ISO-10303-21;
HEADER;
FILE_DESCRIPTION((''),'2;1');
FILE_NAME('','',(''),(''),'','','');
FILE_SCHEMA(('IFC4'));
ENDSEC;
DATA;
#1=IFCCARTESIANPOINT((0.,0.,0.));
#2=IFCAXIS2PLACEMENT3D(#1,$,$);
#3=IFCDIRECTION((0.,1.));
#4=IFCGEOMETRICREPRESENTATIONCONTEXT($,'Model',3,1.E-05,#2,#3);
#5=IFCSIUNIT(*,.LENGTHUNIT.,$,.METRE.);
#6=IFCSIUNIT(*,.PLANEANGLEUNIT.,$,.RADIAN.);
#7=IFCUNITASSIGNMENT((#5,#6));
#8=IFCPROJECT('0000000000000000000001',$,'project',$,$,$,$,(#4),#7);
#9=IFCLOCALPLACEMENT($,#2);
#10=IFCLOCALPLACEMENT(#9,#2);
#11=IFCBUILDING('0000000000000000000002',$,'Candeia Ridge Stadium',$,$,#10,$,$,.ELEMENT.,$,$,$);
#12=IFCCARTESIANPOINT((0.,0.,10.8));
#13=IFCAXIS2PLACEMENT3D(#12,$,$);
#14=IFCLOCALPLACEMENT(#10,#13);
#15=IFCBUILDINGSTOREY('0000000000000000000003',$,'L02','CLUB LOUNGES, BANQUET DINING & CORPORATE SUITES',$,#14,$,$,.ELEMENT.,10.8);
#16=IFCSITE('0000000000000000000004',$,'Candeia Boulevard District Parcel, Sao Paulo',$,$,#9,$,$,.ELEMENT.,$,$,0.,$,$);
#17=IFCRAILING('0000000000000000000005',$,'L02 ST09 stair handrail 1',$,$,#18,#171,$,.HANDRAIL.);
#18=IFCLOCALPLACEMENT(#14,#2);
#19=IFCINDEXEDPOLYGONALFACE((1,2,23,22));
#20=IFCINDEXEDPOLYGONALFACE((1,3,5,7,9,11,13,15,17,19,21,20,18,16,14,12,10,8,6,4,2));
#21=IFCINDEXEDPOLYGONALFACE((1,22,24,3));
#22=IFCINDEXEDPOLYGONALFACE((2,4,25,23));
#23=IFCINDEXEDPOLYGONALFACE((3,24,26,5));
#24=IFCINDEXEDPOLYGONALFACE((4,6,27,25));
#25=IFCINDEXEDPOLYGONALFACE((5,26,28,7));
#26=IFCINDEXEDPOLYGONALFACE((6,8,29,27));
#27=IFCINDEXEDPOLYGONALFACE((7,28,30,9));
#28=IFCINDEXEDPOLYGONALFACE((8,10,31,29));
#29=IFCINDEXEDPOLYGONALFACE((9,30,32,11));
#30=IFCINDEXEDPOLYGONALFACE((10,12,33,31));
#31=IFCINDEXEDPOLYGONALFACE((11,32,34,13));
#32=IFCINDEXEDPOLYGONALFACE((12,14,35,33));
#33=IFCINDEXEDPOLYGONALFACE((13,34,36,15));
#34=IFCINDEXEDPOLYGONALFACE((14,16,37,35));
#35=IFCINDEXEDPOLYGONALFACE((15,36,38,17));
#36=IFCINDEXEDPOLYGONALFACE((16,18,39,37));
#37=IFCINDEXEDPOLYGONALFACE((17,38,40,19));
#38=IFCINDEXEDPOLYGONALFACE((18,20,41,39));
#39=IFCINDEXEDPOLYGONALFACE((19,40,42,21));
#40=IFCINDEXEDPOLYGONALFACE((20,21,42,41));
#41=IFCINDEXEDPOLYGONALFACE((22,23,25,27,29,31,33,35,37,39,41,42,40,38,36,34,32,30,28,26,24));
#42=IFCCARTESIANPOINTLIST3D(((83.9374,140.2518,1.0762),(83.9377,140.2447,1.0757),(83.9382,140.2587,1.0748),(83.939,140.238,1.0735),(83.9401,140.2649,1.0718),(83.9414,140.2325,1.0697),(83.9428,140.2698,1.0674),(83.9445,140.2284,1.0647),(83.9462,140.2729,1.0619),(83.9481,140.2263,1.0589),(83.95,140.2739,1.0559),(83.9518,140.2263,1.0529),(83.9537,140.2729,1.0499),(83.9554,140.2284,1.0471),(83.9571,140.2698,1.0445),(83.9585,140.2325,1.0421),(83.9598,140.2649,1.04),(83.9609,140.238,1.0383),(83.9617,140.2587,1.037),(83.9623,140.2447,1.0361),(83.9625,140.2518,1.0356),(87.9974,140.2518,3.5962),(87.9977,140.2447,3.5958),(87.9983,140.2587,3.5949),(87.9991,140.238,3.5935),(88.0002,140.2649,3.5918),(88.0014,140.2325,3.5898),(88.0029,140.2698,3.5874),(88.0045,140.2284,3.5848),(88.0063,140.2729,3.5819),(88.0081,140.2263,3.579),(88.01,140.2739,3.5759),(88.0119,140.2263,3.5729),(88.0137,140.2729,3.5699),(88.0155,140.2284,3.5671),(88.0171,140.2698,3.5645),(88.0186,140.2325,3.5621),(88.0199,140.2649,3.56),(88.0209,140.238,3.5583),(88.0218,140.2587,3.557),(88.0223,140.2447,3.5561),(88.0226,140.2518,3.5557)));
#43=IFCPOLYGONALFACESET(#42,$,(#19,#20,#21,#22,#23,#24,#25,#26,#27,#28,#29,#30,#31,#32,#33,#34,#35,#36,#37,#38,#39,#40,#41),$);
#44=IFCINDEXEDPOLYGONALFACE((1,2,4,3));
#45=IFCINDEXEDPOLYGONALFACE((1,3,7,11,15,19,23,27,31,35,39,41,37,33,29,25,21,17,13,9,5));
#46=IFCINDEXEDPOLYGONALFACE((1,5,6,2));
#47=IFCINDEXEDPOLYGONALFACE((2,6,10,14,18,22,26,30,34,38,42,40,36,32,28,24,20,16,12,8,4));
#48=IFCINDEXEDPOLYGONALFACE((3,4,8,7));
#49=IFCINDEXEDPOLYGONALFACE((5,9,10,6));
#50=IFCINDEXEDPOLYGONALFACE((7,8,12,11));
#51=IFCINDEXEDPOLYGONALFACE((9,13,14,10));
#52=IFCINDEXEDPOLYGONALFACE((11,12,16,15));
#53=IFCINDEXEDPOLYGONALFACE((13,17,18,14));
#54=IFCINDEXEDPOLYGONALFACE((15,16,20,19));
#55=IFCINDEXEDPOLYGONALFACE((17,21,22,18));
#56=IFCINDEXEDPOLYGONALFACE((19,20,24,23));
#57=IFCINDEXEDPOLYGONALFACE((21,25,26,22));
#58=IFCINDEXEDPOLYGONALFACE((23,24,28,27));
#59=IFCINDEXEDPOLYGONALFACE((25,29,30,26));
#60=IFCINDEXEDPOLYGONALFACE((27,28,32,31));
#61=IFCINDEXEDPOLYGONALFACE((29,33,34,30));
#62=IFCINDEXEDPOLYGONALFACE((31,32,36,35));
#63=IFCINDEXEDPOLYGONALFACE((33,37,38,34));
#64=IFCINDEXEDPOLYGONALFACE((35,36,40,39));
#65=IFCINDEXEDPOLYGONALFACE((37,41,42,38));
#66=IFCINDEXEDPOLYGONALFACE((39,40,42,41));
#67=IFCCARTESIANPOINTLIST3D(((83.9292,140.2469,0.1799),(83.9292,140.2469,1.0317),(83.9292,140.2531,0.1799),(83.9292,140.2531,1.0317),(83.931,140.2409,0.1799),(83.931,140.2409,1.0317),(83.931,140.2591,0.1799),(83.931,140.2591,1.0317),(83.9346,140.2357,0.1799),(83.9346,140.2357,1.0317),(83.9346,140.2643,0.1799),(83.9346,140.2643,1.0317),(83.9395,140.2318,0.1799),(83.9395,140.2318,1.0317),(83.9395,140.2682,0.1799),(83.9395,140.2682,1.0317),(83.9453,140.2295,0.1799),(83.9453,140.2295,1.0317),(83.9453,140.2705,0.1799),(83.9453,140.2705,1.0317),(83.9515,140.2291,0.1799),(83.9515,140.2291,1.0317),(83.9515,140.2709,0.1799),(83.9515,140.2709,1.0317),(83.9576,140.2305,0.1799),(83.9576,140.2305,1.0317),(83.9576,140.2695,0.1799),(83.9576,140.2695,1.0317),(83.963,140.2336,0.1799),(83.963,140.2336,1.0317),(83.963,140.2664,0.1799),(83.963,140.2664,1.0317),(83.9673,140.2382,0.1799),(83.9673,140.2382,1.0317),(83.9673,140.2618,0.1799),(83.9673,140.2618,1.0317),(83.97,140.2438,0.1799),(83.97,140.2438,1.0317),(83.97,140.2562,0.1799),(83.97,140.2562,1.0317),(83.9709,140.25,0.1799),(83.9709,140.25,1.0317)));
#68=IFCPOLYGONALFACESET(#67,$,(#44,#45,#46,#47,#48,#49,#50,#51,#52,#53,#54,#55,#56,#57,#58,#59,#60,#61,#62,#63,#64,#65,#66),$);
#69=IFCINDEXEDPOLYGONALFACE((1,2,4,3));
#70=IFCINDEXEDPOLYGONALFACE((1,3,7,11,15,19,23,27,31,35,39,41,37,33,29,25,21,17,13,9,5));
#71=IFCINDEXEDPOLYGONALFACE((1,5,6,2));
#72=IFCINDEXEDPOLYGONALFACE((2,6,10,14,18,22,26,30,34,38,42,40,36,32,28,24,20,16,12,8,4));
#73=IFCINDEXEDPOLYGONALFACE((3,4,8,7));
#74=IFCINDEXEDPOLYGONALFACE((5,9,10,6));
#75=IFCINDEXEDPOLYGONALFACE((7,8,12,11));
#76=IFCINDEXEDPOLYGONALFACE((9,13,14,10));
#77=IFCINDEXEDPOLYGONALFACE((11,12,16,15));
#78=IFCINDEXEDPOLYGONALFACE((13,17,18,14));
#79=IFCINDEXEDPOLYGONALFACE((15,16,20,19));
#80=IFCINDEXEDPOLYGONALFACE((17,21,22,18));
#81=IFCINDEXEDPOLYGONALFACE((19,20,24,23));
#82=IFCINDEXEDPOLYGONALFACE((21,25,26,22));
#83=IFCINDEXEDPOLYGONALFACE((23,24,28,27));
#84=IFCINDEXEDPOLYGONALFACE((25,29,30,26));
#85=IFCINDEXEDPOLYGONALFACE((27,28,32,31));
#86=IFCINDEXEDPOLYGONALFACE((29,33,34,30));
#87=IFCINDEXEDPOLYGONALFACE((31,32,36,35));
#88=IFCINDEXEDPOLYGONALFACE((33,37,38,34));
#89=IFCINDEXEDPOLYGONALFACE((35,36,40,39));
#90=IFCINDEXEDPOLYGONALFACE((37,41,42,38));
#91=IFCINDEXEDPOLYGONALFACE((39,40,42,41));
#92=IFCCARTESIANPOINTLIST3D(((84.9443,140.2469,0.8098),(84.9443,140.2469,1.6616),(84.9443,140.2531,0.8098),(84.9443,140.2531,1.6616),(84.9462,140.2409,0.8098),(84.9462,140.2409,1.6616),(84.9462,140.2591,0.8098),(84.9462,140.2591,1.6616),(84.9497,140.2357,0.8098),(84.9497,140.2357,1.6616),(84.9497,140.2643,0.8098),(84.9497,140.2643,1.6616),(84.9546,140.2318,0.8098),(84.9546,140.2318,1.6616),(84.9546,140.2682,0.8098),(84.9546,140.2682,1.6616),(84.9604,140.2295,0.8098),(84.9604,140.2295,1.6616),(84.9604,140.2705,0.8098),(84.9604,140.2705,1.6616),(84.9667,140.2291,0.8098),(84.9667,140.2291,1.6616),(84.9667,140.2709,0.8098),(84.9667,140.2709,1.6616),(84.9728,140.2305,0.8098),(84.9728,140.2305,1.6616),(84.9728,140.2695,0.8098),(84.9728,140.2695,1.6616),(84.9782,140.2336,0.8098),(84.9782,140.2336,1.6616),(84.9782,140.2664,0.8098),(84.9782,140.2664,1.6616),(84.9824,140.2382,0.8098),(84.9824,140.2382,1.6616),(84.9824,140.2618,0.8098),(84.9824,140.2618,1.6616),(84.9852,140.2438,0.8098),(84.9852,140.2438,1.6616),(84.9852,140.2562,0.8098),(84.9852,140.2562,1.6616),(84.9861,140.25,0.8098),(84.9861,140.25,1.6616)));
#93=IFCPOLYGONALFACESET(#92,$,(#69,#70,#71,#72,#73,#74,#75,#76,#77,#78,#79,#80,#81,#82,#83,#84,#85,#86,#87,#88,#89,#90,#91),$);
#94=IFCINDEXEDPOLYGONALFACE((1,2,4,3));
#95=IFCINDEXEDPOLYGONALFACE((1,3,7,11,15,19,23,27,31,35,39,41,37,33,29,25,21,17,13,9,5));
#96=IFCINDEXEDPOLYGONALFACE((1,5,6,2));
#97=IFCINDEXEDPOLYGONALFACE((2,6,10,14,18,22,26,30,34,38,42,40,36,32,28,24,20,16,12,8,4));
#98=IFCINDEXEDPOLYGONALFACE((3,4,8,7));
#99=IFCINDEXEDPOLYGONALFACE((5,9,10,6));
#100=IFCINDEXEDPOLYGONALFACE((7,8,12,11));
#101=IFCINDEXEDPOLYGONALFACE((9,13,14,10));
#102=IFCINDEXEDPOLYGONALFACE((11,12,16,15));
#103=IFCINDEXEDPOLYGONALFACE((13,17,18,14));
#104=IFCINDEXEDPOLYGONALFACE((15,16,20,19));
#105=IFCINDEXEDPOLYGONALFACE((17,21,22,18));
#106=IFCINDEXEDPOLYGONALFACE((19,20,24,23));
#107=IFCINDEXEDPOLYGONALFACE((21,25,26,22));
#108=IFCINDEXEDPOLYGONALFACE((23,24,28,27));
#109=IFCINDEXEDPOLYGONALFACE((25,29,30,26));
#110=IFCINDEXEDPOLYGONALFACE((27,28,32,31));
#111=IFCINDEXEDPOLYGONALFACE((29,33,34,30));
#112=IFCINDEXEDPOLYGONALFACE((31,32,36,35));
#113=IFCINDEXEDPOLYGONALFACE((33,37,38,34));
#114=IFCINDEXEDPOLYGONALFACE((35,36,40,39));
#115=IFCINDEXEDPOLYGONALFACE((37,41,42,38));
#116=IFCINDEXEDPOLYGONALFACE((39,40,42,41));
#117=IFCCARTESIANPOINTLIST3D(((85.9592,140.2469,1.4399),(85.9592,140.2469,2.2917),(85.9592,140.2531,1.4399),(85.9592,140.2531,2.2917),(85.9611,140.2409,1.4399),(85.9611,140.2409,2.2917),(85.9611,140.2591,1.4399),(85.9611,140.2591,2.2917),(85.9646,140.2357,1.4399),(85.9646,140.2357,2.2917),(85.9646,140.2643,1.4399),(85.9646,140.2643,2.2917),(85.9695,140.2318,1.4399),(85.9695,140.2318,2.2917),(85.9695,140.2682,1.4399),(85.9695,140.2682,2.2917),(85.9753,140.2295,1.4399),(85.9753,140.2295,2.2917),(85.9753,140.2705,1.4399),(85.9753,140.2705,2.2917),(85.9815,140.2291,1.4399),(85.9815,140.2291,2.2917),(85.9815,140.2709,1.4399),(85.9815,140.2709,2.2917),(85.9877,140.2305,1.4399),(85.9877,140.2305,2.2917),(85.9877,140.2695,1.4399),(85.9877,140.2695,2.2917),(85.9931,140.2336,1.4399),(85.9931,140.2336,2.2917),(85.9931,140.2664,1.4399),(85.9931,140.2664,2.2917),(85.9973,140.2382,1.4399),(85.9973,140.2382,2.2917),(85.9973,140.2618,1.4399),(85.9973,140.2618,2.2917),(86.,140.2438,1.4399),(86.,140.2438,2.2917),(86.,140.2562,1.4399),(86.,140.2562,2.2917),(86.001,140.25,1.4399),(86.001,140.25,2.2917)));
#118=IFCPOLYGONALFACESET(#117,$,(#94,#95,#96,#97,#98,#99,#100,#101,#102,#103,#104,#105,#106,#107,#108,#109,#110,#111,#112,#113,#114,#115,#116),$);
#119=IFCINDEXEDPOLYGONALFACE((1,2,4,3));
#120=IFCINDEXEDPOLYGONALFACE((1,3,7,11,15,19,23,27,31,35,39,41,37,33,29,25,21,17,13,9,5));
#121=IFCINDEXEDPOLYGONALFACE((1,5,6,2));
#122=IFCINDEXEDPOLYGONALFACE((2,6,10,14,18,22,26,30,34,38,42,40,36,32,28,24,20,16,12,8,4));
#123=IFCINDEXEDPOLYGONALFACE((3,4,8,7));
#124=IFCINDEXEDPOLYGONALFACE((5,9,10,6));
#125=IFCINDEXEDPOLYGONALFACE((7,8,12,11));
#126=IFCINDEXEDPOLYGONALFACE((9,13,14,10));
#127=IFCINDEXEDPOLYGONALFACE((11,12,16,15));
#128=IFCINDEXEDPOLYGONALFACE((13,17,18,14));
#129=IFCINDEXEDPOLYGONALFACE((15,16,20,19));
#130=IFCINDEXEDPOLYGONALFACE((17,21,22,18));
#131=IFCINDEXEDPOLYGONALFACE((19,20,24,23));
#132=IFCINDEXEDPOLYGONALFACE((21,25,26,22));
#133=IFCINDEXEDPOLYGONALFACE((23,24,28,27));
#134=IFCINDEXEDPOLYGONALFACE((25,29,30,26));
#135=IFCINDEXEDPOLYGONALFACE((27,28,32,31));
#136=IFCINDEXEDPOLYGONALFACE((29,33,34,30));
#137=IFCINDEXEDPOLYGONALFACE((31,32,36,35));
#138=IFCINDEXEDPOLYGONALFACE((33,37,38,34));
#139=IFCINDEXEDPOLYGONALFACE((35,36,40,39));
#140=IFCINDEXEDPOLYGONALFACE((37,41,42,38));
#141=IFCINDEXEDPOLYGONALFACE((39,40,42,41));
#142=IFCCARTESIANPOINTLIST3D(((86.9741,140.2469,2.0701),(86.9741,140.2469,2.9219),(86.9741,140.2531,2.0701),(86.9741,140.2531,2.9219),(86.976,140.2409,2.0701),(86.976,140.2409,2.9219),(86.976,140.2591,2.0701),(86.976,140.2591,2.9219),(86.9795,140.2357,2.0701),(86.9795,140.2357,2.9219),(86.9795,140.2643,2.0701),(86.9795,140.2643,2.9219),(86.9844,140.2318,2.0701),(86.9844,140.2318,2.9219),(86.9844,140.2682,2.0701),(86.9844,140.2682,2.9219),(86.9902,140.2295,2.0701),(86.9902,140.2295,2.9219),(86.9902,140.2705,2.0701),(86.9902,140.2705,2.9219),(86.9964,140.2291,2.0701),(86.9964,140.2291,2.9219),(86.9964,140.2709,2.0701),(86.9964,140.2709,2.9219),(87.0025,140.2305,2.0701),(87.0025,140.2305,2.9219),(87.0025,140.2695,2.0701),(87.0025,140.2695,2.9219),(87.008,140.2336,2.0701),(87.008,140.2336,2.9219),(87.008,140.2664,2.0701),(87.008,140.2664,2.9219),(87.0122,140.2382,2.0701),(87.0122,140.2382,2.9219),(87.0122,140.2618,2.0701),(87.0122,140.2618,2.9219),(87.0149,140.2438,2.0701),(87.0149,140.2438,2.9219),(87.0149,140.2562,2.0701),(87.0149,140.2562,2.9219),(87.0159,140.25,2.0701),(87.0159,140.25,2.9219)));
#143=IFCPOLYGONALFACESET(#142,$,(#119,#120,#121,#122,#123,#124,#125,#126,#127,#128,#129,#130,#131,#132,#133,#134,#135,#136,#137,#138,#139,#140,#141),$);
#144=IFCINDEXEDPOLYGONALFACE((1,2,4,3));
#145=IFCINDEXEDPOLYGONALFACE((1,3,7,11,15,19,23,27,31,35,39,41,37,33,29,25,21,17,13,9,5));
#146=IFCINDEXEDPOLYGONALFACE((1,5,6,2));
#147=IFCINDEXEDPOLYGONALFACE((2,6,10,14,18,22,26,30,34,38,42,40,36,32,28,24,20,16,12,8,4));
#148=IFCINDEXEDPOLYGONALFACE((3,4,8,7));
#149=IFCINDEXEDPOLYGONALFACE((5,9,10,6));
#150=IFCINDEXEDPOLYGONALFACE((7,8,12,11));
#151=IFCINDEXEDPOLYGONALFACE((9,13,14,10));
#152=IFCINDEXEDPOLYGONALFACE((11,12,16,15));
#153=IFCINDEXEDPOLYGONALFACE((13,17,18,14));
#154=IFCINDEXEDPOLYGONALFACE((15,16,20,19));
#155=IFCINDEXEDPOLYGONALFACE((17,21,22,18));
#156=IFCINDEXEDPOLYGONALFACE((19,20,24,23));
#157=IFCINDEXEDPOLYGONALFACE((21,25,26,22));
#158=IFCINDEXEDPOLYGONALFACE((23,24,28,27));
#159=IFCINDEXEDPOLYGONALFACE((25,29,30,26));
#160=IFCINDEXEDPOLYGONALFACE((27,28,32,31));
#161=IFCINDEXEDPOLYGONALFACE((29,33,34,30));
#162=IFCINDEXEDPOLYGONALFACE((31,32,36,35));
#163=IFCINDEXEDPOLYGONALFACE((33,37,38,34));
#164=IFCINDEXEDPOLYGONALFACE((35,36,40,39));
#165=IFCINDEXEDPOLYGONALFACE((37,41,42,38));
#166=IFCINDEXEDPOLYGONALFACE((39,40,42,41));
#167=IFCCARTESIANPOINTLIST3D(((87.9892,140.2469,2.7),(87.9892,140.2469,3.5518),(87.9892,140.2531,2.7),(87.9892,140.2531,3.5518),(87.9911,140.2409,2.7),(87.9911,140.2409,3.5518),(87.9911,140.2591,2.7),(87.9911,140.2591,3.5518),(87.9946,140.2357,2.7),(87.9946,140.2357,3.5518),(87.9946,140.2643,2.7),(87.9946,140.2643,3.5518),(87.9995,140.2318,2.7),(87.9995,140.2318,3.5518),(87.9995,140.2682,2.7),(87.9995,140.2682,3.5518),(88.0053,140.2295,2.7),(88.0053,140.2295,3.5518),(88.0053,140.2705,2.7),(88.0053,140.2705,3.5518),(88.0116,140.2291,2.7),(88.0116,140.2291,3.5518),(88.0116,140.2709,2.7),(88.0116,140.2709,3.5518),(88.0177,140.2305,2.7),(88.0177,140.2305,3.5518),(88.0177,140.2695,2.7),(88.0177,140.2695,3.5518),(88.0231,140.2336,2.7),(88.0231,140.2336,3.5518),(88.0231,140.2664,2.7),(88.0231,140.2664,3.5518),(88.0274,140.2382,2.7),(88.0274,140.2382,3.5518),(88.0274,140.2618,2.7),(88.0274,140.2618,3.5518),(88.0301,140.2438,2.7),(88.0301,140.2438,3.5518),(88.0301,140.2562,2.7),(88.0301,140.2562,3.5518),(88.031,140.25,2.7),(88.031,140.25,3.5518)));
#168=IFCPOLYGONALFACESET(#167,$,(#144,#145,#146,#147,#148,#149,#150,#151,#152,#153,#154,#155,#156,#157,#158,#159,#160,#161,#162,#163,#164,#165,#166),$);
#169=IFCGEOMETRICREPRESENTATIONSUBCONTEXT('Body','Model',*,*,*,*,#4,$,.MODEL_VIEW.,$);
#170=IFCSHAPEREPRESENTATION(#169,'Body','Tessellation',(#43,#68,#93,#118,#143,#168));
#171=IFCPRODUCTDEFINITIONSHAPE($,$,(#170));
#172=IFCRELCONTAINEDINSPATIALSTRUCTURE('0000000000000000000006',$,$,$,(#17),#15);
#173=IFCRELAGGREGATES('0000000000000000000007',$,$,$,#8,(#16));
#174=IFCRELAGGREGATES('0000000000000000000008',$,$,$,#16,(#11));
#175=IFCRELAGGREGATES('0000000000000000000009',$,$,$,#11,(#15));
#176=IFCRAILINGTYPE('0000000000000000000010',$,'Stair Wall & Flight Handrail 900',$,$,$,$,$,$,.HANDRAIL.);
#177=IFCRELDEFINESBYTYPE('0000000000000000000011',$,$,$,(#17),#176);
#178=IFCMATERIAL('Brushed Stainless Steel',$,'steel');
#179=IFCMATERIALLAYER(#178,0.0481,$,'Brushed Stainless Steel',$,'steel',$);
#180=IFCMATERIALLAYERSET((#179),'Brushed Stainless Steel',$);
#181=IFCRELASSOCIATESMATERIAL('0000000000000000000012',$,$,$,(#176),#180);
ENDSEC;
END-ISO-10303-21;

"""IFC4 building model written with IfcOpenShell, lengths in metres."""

from ifc_helpers import new_model, si_unit, direction, frame, origin, origin_2d, place, context, subcontext, project, spatial, circle, extrude, material, layer, layer_set, type_object, element, save


model = new_model("IFC4")

# Units and contexts
model_context = context("Model", 3, precision=1e-05, world=origin(), true_north=direction((0.0, 1.0)))
body_context = subcontext(model_context, "Body", "Model", "MODEL_VIEW")
ifc_project = project(units=[si_unit("LENGTHUNIT", "METRE"), si_unit("PLANEANGLEUNIT", "RADIAN")], contexts=[model_context])

# Site, building, storey
site_placement = place(None, origin())
site = spatial("IfcSite", under=ifc_project, at=site_placement, Name="Candeia Boulevard District Parcel, Sao Paulo", CompositionType="ELEMENT", RefElevation=0.0)
building_placement = place(site_placement, origin())
building = spatial("IfcBuilding", under=site, at=building_placement, Name="Candeia Ridge Stadium", CompositionType="ELEMENT")
storey_placement = place(building_placement, frame((0.0, 0.0, 10.8)))
storey = spatial("IfcBuildingStorey", under=building, at=storey_placement, Name="L02", Description="CLUB LOUNGES, BANQUET DINING & CORPORATE SUITES", CompositionType="ELEMENT", Elevation=10.8)

# Railing
ifc_material_1 = material(Name="Brushed Stainless Steel", Category="steel")
ifc_layer_1 = layer(ifc_material_1, 0.0481, Name="Brushed Stainless Steel", Category="steel")
ifc_layer_set_1 = layer_set([ifc_layer_1], Name="Brushed Stainless Steel")
railing_type_1 = type_object("IfcRailingType", Name="Stair Wall & Flight Handrail 900", PredefinedType="HANDRAIL", material=ifc_layer_set_1)
railing_1_placement = place(storey_placement, frame((83.95, 140.25, 0.1799)))
element("IfcRailing", 1, at=railing_1_placement, inside=storey, type_object=railing_type_1, Name="L02 ST09 stair handrail 1", PredefinedType="HANDRAIL", context=body_context, shape_type="SweptSolid", body=[
    extrude(circle(Radius=0.0239, at=origin_2d()), frame((0.0, 0.0, 0.876), z_axis=(0.849642, 0.0, 0.52736), x_axis=(0.0, 1.0, 0.0)), (0.0, 0.0, 1.0), 4.7786),
    extrude(circle(Radius=0.021, at=origin_2d()), origin(), (0.0, 0.0, 1.0), 0.8518),
    extrude(circle(Radius=0.021, at=origin_2d()), frame((1.0151, 0.0, 0.6299)), (0.0, 0.0, 1.0), 0.8518),
    extrude(circle(Radius=0.021, at=origin_2d()), frame((2.03, 0.0, 1.26)), (0.0, 0.0, 1.0), 0.8518),
    extrude(circle(Radius=0.021, at=origin_2d()), frame((3.0449, 0.0, 1.8901)), (0.0, 0.0, 1.0), 0.8518),
    extrude(circle(Radius=0.021, at=origin_2d()), frame((4.0601, 0.0, 2.52)), (0.0, 0.0, 1.0), 0.8518),
])

save(model, "model.ifc")
